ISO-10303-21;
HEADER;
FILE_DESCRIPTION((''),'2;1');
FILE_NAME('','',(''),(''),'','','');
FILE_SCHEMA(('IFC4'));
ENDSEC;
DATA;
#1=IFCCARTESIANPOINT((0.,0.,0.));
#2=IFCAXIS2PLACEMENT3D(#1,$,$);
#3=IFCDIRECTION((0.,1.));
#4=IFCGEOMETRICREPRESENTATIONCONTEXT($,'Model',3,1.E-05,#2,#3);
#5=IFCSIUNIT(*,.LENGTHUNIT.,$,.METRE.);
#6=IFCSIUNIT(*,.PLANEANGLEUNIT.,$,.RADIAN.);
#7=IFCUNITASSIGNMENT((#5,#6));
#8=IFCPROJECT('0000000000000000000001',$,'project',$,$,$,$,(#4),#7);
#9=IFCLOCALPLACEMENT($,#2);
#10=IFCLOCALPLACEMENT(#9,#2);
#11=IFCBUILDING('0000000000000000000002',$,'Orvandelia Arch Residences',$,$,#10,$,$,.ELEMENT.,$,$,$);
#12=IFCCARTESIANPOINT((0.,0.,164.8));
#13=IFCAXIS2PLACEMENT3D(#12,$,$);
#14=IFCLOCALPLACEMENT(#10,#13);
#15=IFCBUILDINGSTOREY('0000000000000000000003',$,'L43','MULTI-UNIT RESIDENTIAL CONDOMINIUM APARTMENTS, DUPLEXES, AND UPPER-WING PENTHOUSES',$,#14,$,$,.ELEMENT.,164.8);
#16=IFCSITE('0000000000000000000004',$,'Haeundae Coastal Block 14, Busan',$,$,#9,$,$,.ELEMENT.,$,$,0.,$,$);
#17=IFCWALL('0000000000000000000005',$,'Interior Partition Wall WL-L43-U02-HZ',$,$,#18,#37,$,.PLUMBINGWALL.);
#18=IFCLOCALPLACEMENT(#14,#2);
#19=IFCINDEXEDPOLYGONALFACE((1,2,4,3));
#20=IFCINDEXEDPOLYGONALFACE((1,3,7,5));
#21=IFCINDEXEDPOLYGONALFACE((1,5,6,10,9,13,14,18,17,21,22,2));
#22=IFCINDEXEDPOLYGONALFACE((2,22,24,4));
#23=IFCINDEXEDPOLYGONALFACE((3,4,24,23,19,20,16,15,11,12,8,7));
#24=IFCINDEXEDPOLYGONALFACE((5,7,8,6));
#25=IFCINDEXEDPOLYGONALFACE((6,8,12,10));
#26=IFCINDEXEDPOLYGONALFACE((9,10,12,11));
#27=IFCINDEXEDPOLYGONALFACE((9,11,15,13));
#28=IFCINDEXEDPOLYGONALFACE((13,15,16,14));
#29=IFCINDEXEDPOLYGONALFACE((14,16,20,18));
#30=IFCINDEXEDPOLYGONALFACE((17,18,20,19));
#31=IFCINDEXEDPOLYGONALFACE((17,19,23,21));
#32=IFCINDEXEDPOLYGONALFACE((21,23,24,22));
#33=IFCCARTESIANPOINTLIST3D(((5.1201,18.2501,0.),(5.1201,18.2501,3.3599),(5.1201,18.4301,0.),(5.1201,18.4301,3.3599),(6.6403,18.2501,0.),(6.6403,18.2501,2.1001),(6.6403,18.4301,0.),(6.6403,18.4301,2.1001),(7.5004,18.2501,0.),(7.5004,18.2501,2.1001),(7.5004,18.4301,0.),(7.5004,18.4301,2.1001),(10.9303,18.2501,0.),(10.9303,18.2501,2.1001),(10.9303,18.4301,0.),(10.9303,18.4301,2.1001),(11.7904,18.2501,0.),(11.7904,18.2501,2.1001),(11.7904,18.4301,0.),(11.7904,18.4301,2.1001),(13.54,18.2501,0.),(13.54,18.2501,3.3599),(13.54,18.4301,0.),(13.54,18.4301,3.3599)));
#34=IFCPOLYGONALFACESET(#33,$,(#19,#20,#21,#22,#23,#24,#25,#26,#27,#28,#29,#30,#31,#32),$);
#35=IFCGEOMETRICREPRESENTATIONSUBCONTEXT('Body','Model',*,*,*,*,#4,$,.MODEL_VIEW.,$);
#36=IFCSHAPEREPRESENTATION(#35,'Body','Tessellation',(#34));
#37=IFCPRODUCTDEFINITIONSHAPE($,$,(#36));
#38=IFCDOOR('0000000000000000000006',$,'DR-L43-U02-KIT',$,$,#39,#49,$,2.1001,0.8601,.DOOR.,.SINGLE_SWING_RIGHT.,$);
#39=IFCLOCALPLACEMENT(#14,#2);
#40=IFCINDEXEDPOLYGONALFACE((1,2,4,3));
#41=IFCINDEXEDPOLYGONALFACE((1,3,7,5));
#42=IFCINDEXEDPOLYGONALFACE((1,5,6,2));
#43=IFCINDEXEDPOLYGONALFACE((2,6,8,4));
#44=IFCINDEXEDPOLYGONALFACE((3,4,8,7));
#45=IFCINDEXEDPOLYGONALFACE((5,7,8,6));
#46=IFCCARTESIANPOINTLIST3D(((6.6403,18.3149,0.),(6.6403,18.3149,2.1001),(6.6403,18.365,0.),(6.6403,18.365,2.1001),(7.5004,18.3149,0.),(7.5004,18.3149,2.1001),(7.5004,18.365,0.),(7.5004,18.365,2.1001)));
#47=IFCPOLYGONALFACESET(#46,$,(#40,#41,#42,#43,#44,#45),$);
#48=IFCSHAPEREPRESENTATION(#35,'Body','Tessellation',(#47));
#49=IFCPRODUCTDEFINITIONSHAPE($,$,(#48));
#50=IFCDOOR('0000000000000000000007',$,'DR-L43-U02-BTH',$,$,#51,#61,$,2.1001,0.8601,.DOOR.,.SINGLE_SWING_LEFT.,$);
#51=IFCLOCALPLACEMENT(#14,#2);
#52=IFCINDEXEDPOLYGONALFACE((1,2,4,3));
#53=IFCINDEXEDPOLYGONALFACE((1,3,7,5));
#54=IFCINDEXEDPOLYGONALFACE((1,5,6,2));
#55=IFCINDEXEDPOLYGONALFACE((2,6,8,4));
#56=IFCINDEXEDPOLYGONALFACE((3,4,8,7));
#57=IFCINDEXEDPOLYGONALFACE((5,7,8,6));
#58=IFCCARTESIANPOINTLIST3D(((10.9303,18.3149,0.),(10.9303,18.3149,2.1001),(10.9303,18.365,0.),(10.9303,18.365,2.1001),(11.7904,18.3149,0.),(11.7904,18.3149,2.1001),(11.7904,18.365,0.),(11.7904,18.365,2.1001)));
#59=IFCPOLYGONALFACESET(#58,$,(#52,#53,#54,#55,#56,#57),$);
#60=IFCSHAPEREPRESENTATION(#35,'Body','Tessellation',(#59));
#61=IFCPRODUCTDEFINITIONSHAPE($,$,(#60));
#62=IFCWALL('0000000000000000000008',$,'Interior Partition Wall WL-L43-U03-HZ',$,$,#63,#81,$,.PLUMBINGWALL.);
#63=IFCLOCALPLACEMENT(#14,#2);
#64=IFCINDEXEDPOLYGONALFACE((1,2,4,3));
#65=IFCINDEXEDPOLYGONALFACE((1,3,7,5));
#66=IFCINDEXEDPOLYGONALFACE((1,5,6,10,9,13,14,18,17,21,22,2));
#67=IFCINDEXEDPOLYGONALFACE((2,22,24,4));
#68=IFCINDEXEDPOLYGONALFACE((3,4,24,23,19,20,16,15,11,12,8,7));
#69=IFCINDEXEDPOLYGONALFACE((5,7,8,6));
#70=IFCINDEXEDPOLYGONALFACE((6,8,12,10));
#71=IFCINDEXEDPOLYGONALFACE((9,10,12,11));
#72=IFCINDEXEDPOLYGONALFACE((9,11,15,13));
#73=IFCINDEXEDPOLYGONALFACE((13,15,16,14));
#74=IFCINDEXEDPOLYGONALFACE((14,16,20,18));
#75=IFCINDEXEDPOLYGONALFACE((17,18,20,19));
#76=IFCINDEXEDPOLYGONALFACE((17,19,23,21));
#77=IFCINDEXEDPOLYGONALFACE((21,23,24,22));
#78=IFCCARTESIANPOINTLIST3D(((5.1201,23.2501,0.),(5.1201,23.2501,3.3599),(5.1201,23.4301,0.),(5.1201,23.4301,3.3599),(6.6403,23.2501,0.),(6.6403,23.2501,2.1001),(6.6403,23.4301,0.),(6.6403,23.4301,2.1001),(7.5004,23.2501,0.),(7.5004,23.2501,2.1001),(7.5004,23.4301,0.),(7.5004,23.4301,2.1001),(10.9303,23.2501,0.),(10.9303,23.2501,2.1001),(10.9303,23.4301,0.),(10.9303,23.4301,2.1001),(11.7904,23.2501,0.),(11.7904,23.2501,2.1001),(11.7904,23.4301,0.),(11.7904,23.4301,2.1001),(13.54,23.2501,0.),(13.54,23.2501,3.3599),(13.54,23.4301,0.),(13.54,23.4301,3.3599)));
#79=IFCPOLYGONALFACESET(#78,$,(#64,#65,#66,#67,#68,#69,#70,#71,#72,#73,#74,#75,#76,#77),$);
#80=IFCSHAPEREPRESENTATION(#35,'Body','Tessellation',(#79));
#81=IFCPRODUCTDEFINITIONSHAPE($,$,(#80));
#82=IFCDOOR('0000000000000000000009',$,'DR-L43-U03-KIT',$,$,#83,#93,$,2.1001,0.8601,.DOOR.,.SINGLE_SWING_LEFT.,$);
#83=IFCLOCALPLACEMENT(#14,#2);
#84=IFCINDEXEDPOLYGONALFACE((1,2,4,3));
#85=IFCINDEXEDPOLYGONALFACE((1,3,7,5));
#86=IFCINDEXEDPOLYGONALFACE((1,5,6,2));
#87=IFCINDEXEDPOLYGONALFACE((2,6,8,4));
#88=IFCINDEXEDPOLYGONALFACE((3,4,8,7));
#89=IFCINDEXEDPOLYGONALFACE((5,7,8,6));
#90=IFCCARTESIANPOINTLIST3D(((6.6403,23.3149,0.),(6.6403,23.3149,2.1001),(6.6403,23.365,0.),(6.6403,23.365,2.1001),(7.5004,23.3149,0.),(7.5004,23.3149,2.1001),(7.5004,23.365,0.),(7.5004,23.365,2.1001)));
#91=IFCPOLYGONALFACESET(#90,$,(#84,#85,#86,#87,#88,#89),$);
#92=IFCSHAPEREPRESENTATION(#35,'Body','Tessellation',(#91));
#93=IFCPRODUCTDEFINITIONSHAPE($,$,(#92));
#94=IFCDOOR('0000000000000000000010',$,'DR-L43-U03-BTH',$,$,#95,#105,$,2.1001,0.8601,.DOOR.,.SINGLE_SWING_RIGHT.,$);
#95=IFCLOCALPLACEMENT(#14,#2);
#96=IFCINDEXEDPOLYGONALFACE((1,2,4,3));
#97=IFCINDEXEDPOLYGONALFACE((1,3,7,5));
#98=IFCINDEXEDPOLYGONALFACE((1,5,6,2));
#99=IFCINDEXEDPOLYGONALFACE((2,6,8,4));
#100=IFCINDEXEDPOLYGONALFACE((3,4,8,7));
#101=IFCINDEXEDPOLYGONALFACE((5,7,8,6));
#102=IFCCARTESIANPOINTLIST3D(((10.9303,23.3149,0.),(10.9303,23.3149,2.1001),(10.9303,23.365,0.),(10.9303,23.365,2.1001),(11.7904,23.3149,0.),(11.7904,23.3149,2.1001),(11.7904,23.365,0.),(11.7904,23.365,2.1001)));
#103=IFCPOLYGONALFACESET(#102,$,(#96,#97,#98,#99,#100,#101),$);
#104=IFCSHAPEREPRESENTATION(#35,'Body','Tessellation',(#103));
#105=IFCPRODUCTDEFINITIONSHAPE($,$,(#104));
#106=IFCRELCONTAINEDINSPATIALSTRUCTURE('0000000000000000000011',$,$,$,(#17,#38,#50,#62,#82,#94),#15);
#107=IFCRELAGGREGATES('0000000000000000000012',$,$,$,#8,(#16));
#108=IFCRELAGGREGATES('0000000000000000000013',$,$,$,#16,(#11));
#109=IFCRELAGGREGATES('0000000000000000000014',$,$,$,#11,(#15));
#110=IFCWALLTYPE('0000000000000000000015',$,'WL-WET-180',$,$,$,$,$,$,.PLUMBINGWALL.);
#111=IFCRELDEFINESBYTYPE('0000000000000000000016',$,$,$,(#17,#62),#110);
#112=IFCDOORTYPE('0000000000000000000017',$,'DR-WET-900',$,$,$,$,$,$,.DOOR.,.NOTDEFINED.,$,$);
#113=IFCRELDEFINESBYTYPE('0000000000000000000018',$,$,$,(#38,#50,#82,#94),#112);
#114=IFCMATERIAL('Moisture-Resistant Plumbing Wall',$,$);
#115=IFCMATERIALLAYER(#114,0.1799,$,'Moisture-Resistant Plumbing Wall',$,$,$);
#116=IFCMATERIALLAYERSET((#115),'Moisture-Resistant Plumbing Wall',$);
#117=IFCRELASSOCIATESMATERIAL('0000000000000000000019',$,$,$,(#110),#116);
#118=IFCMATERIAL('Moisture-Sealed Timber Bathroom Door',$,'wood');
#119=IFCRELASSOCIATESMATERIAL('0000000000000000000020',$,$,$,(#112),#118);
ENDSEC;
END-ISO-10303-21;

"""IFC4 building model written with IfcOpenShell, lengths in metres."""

from ifc_helpers import new_model, si_unit, direction, frame, frame_2d, origin, place, context, subcontext, project, spatial, rectangle, extrude, material, layer, layer_set, type_object, element, fill, save


model = new_model("IFC4")

# Units and contexts
model_context = context("Model", 3, precision=1e-05, world=origin(), true_north=direction((0.0, 1.0)))
body_context = subcontext(model_context, "Body", "Model", "MODEL_VIEW")
ifc_project = project(units=[si_unit("LENGTHUNIT", "METRE"), si_unit("PLANEANGLEUNIT", "RADIAN")], contexts=[model_context])

# Site, building, storey
site_placement = place(None, origin())
site = spatial("IfcSite", under=ifc_project, at=site_placement, Name="Haeundae Coastal Block 14, Busan", CompositionType="ELEMENT", RefElevation=0.0)
building_placement = place(site_placement, origin())
building = spatial("IfcBuilding", under=site, at=building_placement, Name="Orvandelia Arch Residences", CompositionType="ELEMENT")
storey_placement = place(building_placement, frame((0.0, 0.0, 164.8)))
storey = spatial("IfcBuildingStorey", under=building, at=storey_placement, Name="L43", Description="MULTI-UNIT RESIDENTIAL CONDOMINIUM APARTMENTS, DUPLEXES, AND UPPER-WING PENTHOUSES", CompositionType="ELEMENT", Elevation=164.8)

# Walls, openings, doors
ifc_material_1 = material(Name="Moisture-Resistant Plumbing Wall")
ifc_layer_1 = layer(ifc_material_1, 0.1799, Name="Moisture-Resistant Plumbing Wall")
ifc_layer_set_1 = layer_set([ifc_layer_1], Name="Moisture-Resistant Plumbing Wall")
wall_type_1 = type_object("IfcWallType", Name="WL-WET-180", PredefinedType="PLUMBINGWALL", material=ifc_layer_set_1)
wall_1_placement = place(storey_placement, frame((5.1201, 18.3401, 0.0), z_axis=(0.0, 0.0, 1.0), x_axis=(1.0, 0.0, 0.0)))
wall_1 = element("IfcWall", 1, at=wall_1_placement, inside=storey, type_object=wall_type_1, Name="Interior Partition Wall WL-L43-U02-HZ", PredefinedType="PLUMBINGWALL", context=body_context, shape_type="SweptSolid", body=[
    extrude(rectangle(XDim=8.4199, YDim=0.1799, at=frame_2d((4.21, 0.0))), origin(), (0.0, 0.0, 1.0), 3.3599),
])
opening_1_placement = place(wall_1_placement, frame((1.52, 0.0, 0.0)))
opening_1 = element("IfcOpeningElement", 2, at=opening_1_placement, cuts=wall_1, PredefinedType="OPENING", context=body_context, shape_type="SweptSolid", body=[
    extrude(rectangle(XDim=0.8601, YDim=2.1001, at=frame_2d((0.4302, 1.05))), frame((0.0, 0.1001, 0.0), z_axis=(0.0, -1.0, 0.0), x_axis=(1.0, 0.0, 0.0)), (0.0, 0.0, 1.0), 0.2),
])
opening_2_placement = place(wall_1_placement, frame((5.8101, 0.0, 0.0)))
opening_2 = element("IfcOpeningElement", 3, at=opening_2_placement, cuts=wall_1, PredefinedType="OPENING", context=body_context, shape_type="SweptSolid", body=[
    extrude(rectangle(XDim=0.8601, YDim=2.1001, at=frame_2d((0.4302, 1.05))), frame((0.0, 0.1001, 0.0), z_axis=(0.0, -1.0, 0.0), x_axis=(1.0, 0.0, 0.0)), (0.0, 0.0, 1.0), 0.2),
])
ifc_material_2 = material(Name="Moisture-Sealed Timber Bathroom Door", Category="wood")
door_type = type_object("IfcDoorType", Name="DR-WET-900", OperationType="NOTDEFINED", PredefinedType="DOOR", material=ifc_material_2)
door_1_placement = place(opening_1_placement, origin())
door_1 = element("IfcDoor", 4, at=door_1_placement, inside=storey, type_object=door_type, Name="DR-L43-U02-KIT", OperationType="SINGLE_SWING_RIGHT", OverallHeight=2.1001, OverallWidth=0.8601, PredefinedType="DOOR", context=body_context, shape_type="SweptSolid", body=[
    extrude(rectangle(XDim=0.8601, YDim=2.1001, at=frame_2d((0.4302, 1.05))), frame((0.0, 0.0249, 0.0), z_axis=(0.0, -1.0, 0.0), x_axis=(1.0, 0.0, 0.0)), (0.0, 0.0, 1.0), 0.05),
])
fill(opening_1, door_1)
door_2_placement = place(opening_2_placement, origin())
door_2 = element("IfcDoor", 5, at=door_2_placement, inside=storey, type_object=door_type, Name="DR-L43-U02-BTH", OperationType="SINGLE_SWING_LEFT", OverallHeight=2.1001, OverallWidth=0.8601, PredefinedType="DOOR", context=body_context, shape_type="SweptSolid", body=[
    extrude(rectangle(XDim=0.8601, YDim=2.1001, at=frame_2d((0.4302, 1.05))), frame((0.0, 0.0249, 0.0), z_axis=(0.0, -1.0, 0.0), x_axis=(1.0, 0.0, 0.0)), (0.0, 0.0, 1.0), 0.05),
])
fill(opening_2, door_2)
wall_2_placement = place(storey_placement, frame((5.1201, 23.3401, 0.0), z_axis=(0.0, 0.0, 1.0), x_axis=(1.0, 0.0, 0.0)))
wall_2 = element("IfcWall", 6, at=wall_2_placement, inside=storey, type_object=wall_type_1, Name="Interior Partition Wall WL-L43-U03-HZ", PredefinedType="PLUMBINGWALL", context=body_context, shape_type="SweptSolid", body=[
    extrude(rectangle(XDim=8.4199, YDim=0.1799, at=frame_2d((4.21, 0.0))), origin(), (0.0, 0.0, 1.0), 3.3599),
])
opening_3_placement = place(wall_2_placement, frame((1.52, 0.0, 0.0)))
opening_3 = element("IfcOpeningElement", 7, at=opening_3_placement, cuts=wall_2, PredefinedType="OPENING", context=body_context, shape_type="SweptSolid", body=[
    extrude(rectangle(XDim=0.8601, YDim=2.1001, at=frame_2d((0.4302, 1.05))), frame((0.0, 0.1001, 0.0), z_axis=(0.0, -1.0, 0.0), x_axis=(1.0, 0.0, 0.0)), (0.0, 0.0, 1.0), 0.2),
])
opening_4_placement = place(wall_2_placement, frame((5.8101, 0.0, 0.0)))
opening_4 = element("IfcOpeningElement", 8, at=opening_4_placement, cuts=wall_2, PredefinedType="OPENING", context=body_context, shape_type="SweptSolid", body=[
    extrude(rectangle(XDim=0.8601, YDim=2.1001, at=frame_2d((0.4302, 1.05))), frame((0.0, 0.1001, 0.0), z_axis=(0.0, -1.0, 0.0), x_axis=(1.0, 0.0, 0.0)), (0.0, 0.0, 1.0), 0.2),
])
door_3_placement = place(opening_3_placement, origin())
door_3 = element("IfcDoor", 9, at=door_3_placement, inside=storey, type_object=door_type, Name="DR-L43-U03-KIT", OperationType="SINGLE_SWING_LEFT", OverallHeight=2.1001, OverallWidth=0.8601, PredefinedType="DOOR", context=body_context, shape_type="SweptSolid", body=[
    extrude(rectangle(XDim=0.8601, YDim=2.1001, at=frame_2d((0.4302, 1.05))), frame((0.0, 0.0249, 0.0), z_axis=(0.0, -1.0, 0.0), x_axis=(1.0, 0.0, 0.0)), (0.0, 0.0, 1.0), 0.05),
])
fill(opening_3, door_3)
door_4_placement = place(opening_4_placement, origin())
door_4 = element("IfcDoor", 10, at=door_4_placement, inside=storey, type_object=door_type, Name="DR-L43-U03-BTH", OperationType="SINGLE_SWING_RIGHT", OverallHeight=2.1001, OverallWidth=0.8601, PredefinedType="DOOR", context=body_context, shape_type="SweptSolid", body=[
    extrude(rectangle(XDim=0.8601, YDim=2.1001, at=frame_2d((0.4302, 1.05))), frame((0.0, 0.0249, 0.0), z_axis=(0.0, -1.0, 0.0), x_axis=(1.0, 0.0, 0.0)), (0.0, 0.0, 1.0), 0.05),
])
fill(opening_4, door_4)

save(model, "model.ifc")
